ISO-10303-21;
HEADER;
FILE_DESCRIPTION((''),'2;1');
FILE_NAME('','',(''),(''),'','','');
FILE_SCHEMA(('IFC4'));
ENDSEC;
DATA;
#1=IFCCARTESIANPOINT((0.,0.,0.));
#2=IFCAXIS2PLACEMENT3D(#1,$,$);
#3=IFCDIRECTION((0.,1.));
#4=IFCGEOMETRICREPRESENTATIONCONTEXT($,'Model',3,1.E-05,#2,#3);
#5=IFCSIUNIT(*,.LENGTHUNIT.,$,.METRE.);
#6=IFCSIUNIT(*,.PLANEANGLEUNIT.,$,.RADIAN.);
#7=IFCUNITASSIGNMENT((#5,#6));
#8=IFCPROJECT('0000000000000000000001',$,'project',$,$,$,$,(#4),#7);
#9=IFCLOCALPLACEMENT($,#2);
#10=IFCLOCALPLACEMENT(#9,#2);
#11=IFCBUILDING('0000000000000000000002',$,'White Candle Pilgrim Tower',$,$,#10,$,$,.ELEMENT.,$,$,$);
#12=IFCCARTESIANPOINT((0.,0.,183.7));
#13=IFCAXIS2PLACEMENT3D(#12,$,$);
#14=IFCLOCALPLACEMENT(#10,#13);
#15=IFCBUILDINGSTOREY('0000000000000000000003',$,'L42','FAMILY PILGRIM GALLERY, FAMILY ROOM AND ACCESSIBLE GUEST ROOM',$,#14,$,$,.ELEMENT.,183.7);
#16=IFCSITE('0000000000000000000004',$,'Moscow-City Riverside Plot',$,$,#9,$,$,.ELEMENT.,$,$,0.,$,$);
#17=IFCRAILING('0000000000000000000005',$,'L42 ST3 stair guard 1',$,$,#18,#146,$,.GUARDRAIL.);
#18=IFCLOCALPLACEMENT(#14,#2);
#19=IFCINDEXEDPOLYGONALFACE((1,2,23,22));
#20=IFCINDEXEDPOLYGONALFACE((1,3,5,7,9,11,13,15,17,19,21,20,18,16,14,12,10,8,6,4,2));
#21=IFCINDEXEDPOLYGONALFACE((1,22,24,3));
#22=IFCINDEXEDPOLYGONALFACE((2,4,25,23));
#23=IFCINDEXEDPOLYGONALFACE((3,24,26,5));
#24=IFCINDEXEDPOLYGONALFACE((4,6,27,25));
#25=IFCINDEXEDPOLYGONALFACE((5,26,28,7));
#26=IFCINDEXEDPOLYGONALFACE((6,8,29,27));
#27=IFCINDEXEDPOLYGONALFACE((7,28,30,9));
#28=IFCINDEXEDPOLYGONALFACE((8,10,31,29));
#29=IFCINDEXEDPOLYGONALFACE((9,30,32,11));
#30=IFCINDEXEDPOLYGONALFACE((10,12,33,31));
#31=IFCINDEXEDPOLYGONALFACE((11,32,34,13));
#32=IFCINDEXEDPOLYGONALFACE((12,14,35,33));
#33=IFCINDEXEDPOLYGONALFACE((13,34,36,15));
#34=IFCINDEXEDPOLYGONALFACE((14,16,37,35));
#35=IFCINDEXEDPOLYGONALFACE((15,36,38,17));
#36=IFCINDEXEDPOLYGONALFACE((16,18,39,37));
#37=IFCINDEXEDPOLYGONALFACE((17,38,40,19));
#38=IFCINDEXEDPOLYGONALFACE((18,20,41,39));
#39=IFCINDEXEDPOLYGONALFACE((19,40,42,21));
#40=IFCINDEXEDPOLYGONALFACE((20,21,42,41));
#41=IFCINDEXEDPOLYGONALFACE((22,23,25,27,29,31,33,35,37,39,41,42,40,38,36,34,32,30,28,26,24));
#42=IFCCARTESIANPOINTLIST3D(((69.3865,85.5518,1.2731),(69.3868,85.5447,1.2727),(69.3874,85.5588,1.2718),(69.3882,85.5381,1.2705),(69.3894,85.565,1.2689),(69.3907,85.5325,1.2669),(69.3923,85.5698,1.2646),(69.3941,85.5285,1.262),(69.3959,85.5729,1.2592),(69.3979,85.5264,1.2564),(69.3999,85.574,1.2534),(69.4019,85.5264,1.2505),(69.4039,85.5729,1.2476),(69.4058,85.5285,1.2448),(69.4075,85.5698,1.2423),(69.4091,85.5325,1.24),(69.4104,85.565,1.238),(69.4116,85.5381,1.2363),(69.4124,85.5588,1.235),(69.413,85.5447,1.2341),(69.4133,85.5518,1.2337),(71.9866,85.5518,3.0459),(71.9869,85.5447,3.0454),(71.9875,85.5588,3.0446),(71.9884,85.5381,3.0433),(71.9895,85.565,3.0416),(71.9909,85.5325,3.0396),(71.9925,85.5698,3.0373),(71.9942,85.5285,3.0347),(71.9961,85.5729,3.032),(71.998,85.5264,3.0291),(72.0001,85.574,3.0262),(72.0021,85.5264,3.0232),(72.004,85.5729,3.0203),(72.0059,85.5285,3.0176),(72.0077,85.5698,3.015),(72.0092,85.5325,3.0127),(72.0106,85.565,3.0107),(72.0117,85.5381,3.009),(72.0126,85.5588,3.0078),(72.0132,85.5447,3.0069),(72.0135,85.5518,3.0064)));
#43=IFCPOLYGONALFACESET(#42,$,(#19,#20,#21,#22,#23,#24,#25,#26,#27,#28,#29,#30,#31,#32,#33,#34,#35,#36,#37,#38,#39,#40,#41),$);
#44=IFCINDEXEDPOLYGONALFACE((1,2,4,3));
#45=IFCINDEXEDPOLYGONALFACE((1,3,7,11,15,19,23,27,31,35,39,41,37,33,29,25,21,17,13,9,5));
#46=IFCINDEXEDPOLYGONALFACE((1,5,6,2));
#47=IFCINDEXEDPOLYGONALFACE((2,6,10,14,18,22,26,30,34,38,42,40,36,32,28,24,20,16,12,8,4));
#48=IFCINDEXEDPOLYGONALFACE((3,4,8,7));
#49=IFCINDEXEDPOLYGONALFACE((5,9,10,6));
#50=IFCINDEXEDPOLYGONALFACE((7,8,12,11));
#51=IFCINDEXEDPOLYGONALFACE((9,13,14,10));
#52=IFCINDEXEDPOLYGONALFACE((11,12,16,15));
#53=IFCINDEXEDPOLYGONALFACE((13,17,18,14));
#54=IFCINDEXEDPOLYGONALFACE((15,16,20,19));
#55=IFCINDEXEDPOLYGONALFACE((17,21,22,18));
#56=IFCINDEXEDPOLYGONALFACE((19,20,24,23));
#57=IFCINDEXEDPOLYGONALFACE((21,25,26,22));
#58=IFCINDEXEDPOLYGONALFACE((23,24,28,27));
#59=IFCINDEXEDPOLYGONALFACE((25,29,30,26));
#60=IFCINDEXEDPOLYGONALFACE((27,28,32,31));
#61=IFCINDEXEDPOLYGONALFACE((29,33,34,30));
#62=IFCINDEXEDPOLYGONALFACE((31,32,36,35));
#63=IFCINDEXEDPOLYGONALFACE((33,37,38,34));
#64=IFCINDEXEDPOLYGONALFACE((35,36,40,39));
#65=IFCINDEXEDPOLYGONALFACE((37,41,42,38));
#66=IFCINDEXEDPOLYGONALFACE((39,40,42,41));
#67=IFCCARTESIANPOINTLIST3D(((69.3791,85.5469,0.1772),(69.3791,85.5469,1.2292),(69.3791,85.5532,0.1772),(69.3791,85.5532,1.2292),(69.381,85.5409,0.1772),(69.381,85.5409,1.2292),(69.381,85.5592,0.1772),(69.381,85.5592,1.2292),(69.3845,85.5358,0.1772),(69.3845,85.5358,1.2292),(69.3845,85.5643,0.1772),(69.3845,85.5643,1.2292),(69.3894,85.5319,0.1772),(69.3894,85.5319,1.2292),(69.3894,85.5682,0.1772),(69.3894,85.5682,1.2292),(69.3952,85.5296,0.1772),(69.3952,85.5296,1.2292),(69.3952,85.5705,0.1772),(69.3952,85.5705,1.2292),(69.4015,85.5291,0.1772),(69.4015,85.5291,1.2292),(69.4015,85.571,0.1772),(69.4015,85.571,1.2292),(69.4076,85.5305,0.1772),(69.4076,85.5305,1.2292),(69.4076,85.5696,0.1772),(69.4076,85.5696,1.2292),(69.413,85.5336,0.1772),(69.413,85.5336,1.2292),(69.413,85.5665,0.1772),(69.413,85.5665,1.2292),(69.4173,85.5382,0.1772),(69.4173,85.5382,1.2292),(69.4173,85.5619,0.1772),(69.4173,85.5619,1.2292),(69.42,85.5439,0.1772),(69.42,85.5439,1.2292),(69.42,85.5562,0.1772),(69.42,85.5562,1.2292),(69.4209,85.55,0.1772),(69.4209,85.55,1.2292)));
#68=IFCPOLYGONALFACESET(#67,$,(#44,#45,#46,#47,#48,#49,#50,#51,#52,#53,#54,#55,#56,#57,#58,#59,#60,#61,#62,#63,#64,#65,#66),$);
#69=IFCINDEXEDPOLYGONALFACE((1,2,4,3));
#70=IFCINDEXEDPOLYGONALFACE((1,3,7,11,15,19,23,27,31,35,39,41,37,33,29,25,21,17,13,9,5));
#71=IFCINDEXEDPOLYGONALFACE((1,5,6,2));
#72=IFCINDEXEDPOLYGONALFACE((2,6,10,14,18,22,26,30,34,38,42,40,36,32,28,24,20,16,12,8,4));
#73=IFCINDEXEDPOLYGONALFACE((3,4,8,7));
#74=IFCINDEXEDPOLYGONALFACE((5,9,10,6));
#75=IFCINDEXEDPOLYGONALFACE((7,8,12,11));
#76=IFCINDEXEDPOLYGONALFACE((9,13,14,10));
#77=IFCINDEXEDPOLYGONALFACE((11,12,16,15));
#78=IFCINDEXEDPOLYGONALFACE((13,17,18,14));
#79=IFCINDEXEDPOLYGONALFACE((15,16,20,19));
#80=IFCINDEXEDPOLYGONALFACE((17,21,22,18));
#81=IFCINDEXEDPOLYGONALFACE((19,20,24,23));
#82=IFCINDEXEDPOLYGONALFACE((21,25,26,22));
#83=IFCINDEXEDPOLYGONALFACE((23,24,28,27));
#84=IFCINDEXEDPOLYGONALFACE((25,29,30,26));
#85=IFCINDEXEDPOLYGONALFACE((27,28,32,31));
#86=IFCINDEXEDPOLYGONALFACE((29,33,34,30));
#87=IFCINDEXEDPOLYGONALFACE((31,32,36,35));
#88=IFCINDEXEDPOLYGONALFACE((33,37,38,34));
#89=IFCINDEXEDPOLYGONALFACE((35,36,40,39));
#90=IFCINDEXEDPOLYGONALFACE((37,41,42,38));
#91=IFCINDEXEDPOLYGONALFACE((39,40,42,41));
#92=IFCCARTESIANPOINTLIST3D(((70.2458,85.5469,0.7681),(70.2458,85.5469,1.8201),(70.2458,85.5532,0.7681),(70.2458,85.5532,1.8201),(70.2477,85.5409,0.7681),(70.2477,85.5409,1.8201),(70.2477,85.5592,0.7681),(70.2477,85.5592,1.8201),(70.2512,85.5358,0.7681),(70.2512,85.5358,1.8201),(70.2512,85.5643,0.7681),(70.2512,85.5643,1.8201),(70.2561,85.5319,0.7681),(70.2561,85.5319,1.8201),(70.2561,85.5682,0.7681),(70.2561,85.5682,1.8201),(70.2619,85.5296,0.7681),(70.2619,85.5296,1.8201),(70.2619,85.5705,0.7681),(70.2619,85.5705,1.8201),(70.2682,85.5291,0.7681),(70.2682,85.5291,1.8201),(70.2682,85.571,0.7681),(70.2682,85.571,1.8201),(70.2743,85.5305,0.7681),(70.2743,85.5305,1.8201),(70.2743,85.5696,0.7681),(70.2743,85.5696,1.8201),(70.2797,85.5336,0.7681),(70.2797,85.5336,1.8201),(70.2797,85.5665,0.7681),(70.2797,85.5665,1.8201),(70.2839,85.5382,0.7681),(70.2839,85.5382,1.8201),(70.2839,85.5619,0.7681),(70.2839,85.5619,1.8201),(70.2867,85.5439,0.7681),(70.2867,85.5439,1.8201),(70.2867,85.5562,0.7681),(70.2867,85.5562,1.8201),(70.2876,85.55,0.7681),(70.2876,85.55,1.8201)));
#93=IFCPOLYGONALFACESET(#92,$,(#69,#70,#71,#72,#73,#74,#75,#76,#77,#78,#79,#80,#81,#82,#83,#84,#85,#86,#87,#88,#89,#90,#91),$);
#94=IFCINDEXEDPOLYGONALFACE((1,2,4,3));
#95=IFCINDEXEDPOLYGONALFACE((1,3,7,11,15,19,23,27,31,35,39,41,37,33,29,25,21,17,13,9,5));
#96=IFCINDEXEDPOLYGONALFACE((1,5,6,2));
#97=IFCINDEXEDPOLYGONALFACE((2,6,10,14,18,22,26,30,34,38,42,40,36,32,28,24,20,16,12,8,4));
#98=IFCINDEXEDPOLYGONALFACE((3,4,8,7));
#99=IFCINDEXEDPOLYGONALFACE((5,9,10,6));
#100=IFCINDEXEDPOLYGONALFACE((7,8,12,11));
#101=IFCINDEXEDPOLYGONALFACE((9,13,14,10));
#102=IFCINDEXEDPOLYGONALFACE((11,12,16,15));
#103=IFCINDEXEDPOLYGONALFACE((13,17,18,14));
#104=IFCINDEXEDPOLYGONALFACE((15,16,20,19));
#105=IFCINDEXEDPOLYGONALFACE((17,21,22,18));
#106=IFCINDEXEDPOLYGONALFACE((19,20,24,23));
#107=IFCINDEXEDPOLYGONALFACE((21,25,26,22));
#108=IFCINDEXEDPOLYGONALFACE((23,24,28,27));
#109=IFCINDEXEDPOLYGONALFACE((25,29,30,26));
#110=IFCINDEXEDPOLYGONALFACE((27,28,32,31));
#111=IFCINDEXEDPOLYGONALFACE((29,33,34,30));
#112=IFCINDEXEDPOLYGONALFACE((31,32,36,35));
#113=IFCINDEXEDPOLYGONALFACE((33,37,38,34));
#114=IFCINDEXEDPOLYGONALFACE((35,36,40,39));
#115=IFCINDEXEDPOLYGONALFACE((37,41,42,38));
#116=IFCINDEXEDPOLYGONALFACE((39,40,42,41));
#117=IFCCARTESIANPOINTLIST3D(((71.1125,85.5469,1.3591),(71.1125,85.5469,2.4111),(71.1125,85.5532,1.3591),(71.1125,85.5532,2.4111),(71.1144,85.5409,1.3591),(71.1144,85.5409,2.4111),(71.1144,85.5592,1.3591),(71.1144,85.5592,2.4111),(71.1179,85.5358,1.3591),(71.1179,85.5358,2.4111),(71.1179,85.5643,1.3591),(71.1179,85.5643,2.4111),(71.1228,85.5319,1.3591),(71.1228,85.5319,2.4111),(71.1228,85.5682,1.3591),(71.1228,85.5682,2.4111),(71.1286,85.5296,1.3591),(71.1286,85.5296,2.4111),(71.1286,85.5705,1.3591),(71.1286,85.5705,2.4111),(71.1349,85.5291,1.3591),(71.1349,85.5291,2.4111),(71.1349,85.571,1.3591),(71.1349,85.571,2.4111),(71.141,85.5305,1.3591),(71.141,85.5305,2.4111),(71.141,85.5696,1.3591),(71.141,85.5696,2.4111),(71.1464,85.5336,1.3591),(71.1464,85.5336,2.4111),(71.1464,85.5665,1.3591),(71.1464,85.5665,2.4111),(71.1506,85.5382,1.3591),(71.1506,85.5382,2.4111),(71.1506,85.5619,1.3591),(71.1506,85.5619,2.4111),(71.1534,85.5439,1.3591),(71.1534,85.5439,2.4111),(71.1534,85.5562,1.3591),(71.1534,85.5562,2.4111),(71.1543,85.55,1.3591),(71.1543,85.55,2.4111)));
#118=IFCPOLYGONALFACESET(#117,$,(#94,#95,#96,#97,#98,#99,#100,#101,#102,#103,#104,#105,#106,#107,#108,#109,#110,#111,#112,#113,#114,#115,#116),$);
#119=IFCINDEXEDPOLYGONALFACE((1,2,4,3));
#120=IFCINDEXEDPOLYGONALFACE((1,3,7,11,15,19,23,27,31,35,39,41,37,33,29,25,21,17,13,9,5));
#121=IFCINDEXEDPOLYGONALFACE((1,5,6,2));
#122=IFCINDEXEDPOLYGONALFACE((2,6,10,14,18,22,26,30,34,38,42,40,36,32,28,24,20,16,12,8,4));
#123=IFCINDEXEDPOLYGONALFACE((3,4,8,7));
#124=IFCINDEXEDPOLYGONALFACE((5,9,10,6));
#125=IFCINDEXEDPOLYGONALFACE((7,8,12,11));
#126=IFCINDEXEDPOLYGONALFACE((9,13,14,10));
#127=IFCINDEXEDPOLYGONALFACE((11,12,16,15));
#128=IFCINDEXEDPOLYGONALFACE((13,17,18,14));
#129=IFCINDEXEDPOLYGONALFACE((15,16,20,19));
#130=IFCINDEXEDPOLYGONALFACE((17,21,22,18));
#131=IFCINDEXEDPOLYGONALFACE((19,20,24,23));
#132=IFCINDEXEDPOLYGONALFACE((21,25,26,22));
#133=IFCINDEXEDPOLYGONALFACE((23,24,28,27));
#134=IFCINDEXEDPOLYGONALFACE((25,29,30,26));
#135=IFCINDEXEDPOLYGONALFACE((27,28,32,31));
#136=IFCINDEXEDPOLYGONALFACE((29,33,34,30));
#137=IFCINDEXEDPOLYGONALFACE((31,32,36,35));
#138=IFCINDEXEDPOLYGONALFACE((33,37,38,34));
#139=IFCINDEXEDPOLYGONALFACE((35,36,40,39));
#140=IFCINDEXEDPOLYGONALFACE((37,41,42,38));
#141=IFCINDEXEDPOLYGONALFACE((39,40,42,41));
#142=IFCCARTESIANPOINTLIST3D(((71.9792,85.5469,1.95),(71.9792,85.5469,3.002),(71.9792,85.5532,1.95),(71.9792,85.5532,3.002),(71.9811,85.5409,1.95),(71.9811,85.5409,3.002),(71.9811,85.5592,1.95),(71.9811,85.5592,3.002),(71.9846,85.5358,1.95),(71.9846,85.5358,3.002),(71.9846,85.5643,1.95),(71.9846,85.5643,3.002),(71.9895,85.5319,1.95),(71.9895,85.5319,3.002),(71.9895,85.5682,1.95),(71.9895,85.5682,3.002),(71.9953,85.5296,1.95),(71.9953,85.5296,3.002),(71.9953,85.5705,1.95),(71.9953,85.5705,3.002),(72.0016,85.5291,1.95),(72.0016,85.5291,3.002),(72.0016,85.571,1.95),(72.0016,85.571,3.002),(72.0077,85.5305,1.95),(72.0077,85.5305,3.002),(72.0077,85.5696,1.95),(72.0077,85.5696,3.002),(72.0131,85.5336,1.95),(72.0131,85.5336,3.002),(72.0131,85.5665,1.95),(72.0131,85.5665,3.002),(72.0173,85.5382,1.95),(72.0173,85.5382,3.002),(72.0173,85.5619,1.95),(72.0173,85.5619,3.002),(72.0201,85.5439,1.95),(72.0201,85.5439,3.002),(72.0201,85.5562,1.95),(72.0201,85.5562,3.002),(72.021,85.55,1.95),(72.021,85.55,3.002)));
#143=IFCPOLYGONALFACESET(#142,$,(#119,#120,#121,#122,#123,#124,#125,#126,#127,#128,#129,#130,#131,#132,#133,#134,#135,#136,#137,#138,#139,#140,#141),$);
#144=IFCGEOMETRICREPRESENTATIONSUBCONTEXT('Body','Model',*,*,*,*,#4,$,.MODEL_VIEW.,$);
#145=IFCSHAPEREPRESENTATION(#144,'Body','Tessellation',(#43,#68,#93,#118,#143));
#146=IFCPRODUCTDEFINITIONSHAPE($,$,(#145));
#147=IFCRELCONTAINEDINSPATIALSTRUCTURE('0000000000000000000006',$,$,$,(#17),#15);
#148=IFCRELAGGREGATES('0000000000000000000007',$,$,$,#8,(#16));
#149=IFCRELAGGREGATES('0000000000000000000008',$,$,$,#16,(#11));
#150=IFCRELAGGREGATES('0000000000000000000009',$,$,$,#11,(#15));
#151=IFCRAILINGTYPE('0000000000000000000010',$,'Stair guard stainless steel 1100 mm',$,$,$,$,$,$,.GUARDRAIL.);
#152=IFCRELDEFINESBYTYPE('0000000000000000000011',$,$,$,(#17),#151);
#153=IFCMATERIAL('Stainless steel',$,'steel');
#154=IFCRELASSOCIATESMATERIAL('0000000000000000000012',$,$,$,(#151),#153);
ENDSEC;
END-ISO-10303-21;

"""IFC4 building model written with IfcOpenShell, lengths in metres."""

from ifc_helpers import new_model, si_unit, direction, frame, origin, origin_2d, place, context, subcontext, project, spatial, circle, extrude, material, type_object, element, save


model = new_model("IFC4")

# Units and contexts
model_context = context("Model", 3, precision=1e-05, world=origin(), true_north=direction((0.0, 1.0)))
body_context = subcontext(model_context, "Body", "Model", "MODEL_VIEW")
ifc_project = project(units=[si_unit("LENGTHUNIT", "METRE"), si_unit("PLANEANGLEUNIT", "RADIAN")], contexts=[model_context])

# Site, building, storey
site_placement = place(None, origin())
site = spatial("IfcSite", under=ifc_project, at=site_placement, Name="Moscow-City Riverside Plot", CompositionType="ELEMENT", RefElevation=0.0)
building_placement = place(site_placement, origin())
building = spatial("IfcBuilding", under=site, at=building_placement, Name="White Candle Pilgrim Tower", CompositionType="ELEMENT")
storey_placement = place(building_placement, frame((0.0, 0.0, 183.7)))
storey = spatial("IfcBuildingStorey", under=building, at=storey_placement, Name="L42", Description="FAMILY PILGRIM GALLERY, FAMILY ROOM AND ACCESSIBLE GUEST ROOM", CompositionType="ELEMENT", Elevation=183.7)

# Railing
ifc_material_1 = material(Name="Stainless steel", Category="steel")
railing_type_1 = type_object("IfcRailingType", Name="Stair guard stainless steel 1100 mm", PredefinedType="GUARDRAIL", material=ifc_material_1)
railing_1_placement = place(storey_placement, frame((69.3999, 85.55, 0.1772)))
element("IfcRailing", 1, at=railing_1_placement, inside=storey, type_object=railing_type_1, Name="L42 ST3 stair guard 1", PredefinedType="GUARDRAIL", context=body_context, shape_type="SweptSolid", body=[
    extrude(circle(Radius=0.0239, at=origin_2d()), frame((0.0, 0.0, 1.0762), z_axis=(0.82624, 0.0, 0.563318), x_axis=(0.0, 1.0, 0.0)), (0.0, 0.0, 1.0), 3.147),
    extrude(circle(Radius=0.021, at=origin_2d()), origin(), (0.0, 0.0, 1.0), 1.052),
    extrude(circle(Radius=0.021, at=origin_2d()), frame((0.8667, 0.0, 0.5908)), (0.0, 0.0, 1.0), 1.052),
    extrude(circle(Radius=0.021, at=origin_2d()), frame((1.7334, 0.0, 1.1819)), (0.0, 0.0, 1.0), 1.052),
    extrude(circle(Radius=0.021, at=origin_2d()), frame((2.6001, 0.0, 1.7727)), (0.0, 0.0, 1.0), 1.052),
])

save(model, "model.ifc")
